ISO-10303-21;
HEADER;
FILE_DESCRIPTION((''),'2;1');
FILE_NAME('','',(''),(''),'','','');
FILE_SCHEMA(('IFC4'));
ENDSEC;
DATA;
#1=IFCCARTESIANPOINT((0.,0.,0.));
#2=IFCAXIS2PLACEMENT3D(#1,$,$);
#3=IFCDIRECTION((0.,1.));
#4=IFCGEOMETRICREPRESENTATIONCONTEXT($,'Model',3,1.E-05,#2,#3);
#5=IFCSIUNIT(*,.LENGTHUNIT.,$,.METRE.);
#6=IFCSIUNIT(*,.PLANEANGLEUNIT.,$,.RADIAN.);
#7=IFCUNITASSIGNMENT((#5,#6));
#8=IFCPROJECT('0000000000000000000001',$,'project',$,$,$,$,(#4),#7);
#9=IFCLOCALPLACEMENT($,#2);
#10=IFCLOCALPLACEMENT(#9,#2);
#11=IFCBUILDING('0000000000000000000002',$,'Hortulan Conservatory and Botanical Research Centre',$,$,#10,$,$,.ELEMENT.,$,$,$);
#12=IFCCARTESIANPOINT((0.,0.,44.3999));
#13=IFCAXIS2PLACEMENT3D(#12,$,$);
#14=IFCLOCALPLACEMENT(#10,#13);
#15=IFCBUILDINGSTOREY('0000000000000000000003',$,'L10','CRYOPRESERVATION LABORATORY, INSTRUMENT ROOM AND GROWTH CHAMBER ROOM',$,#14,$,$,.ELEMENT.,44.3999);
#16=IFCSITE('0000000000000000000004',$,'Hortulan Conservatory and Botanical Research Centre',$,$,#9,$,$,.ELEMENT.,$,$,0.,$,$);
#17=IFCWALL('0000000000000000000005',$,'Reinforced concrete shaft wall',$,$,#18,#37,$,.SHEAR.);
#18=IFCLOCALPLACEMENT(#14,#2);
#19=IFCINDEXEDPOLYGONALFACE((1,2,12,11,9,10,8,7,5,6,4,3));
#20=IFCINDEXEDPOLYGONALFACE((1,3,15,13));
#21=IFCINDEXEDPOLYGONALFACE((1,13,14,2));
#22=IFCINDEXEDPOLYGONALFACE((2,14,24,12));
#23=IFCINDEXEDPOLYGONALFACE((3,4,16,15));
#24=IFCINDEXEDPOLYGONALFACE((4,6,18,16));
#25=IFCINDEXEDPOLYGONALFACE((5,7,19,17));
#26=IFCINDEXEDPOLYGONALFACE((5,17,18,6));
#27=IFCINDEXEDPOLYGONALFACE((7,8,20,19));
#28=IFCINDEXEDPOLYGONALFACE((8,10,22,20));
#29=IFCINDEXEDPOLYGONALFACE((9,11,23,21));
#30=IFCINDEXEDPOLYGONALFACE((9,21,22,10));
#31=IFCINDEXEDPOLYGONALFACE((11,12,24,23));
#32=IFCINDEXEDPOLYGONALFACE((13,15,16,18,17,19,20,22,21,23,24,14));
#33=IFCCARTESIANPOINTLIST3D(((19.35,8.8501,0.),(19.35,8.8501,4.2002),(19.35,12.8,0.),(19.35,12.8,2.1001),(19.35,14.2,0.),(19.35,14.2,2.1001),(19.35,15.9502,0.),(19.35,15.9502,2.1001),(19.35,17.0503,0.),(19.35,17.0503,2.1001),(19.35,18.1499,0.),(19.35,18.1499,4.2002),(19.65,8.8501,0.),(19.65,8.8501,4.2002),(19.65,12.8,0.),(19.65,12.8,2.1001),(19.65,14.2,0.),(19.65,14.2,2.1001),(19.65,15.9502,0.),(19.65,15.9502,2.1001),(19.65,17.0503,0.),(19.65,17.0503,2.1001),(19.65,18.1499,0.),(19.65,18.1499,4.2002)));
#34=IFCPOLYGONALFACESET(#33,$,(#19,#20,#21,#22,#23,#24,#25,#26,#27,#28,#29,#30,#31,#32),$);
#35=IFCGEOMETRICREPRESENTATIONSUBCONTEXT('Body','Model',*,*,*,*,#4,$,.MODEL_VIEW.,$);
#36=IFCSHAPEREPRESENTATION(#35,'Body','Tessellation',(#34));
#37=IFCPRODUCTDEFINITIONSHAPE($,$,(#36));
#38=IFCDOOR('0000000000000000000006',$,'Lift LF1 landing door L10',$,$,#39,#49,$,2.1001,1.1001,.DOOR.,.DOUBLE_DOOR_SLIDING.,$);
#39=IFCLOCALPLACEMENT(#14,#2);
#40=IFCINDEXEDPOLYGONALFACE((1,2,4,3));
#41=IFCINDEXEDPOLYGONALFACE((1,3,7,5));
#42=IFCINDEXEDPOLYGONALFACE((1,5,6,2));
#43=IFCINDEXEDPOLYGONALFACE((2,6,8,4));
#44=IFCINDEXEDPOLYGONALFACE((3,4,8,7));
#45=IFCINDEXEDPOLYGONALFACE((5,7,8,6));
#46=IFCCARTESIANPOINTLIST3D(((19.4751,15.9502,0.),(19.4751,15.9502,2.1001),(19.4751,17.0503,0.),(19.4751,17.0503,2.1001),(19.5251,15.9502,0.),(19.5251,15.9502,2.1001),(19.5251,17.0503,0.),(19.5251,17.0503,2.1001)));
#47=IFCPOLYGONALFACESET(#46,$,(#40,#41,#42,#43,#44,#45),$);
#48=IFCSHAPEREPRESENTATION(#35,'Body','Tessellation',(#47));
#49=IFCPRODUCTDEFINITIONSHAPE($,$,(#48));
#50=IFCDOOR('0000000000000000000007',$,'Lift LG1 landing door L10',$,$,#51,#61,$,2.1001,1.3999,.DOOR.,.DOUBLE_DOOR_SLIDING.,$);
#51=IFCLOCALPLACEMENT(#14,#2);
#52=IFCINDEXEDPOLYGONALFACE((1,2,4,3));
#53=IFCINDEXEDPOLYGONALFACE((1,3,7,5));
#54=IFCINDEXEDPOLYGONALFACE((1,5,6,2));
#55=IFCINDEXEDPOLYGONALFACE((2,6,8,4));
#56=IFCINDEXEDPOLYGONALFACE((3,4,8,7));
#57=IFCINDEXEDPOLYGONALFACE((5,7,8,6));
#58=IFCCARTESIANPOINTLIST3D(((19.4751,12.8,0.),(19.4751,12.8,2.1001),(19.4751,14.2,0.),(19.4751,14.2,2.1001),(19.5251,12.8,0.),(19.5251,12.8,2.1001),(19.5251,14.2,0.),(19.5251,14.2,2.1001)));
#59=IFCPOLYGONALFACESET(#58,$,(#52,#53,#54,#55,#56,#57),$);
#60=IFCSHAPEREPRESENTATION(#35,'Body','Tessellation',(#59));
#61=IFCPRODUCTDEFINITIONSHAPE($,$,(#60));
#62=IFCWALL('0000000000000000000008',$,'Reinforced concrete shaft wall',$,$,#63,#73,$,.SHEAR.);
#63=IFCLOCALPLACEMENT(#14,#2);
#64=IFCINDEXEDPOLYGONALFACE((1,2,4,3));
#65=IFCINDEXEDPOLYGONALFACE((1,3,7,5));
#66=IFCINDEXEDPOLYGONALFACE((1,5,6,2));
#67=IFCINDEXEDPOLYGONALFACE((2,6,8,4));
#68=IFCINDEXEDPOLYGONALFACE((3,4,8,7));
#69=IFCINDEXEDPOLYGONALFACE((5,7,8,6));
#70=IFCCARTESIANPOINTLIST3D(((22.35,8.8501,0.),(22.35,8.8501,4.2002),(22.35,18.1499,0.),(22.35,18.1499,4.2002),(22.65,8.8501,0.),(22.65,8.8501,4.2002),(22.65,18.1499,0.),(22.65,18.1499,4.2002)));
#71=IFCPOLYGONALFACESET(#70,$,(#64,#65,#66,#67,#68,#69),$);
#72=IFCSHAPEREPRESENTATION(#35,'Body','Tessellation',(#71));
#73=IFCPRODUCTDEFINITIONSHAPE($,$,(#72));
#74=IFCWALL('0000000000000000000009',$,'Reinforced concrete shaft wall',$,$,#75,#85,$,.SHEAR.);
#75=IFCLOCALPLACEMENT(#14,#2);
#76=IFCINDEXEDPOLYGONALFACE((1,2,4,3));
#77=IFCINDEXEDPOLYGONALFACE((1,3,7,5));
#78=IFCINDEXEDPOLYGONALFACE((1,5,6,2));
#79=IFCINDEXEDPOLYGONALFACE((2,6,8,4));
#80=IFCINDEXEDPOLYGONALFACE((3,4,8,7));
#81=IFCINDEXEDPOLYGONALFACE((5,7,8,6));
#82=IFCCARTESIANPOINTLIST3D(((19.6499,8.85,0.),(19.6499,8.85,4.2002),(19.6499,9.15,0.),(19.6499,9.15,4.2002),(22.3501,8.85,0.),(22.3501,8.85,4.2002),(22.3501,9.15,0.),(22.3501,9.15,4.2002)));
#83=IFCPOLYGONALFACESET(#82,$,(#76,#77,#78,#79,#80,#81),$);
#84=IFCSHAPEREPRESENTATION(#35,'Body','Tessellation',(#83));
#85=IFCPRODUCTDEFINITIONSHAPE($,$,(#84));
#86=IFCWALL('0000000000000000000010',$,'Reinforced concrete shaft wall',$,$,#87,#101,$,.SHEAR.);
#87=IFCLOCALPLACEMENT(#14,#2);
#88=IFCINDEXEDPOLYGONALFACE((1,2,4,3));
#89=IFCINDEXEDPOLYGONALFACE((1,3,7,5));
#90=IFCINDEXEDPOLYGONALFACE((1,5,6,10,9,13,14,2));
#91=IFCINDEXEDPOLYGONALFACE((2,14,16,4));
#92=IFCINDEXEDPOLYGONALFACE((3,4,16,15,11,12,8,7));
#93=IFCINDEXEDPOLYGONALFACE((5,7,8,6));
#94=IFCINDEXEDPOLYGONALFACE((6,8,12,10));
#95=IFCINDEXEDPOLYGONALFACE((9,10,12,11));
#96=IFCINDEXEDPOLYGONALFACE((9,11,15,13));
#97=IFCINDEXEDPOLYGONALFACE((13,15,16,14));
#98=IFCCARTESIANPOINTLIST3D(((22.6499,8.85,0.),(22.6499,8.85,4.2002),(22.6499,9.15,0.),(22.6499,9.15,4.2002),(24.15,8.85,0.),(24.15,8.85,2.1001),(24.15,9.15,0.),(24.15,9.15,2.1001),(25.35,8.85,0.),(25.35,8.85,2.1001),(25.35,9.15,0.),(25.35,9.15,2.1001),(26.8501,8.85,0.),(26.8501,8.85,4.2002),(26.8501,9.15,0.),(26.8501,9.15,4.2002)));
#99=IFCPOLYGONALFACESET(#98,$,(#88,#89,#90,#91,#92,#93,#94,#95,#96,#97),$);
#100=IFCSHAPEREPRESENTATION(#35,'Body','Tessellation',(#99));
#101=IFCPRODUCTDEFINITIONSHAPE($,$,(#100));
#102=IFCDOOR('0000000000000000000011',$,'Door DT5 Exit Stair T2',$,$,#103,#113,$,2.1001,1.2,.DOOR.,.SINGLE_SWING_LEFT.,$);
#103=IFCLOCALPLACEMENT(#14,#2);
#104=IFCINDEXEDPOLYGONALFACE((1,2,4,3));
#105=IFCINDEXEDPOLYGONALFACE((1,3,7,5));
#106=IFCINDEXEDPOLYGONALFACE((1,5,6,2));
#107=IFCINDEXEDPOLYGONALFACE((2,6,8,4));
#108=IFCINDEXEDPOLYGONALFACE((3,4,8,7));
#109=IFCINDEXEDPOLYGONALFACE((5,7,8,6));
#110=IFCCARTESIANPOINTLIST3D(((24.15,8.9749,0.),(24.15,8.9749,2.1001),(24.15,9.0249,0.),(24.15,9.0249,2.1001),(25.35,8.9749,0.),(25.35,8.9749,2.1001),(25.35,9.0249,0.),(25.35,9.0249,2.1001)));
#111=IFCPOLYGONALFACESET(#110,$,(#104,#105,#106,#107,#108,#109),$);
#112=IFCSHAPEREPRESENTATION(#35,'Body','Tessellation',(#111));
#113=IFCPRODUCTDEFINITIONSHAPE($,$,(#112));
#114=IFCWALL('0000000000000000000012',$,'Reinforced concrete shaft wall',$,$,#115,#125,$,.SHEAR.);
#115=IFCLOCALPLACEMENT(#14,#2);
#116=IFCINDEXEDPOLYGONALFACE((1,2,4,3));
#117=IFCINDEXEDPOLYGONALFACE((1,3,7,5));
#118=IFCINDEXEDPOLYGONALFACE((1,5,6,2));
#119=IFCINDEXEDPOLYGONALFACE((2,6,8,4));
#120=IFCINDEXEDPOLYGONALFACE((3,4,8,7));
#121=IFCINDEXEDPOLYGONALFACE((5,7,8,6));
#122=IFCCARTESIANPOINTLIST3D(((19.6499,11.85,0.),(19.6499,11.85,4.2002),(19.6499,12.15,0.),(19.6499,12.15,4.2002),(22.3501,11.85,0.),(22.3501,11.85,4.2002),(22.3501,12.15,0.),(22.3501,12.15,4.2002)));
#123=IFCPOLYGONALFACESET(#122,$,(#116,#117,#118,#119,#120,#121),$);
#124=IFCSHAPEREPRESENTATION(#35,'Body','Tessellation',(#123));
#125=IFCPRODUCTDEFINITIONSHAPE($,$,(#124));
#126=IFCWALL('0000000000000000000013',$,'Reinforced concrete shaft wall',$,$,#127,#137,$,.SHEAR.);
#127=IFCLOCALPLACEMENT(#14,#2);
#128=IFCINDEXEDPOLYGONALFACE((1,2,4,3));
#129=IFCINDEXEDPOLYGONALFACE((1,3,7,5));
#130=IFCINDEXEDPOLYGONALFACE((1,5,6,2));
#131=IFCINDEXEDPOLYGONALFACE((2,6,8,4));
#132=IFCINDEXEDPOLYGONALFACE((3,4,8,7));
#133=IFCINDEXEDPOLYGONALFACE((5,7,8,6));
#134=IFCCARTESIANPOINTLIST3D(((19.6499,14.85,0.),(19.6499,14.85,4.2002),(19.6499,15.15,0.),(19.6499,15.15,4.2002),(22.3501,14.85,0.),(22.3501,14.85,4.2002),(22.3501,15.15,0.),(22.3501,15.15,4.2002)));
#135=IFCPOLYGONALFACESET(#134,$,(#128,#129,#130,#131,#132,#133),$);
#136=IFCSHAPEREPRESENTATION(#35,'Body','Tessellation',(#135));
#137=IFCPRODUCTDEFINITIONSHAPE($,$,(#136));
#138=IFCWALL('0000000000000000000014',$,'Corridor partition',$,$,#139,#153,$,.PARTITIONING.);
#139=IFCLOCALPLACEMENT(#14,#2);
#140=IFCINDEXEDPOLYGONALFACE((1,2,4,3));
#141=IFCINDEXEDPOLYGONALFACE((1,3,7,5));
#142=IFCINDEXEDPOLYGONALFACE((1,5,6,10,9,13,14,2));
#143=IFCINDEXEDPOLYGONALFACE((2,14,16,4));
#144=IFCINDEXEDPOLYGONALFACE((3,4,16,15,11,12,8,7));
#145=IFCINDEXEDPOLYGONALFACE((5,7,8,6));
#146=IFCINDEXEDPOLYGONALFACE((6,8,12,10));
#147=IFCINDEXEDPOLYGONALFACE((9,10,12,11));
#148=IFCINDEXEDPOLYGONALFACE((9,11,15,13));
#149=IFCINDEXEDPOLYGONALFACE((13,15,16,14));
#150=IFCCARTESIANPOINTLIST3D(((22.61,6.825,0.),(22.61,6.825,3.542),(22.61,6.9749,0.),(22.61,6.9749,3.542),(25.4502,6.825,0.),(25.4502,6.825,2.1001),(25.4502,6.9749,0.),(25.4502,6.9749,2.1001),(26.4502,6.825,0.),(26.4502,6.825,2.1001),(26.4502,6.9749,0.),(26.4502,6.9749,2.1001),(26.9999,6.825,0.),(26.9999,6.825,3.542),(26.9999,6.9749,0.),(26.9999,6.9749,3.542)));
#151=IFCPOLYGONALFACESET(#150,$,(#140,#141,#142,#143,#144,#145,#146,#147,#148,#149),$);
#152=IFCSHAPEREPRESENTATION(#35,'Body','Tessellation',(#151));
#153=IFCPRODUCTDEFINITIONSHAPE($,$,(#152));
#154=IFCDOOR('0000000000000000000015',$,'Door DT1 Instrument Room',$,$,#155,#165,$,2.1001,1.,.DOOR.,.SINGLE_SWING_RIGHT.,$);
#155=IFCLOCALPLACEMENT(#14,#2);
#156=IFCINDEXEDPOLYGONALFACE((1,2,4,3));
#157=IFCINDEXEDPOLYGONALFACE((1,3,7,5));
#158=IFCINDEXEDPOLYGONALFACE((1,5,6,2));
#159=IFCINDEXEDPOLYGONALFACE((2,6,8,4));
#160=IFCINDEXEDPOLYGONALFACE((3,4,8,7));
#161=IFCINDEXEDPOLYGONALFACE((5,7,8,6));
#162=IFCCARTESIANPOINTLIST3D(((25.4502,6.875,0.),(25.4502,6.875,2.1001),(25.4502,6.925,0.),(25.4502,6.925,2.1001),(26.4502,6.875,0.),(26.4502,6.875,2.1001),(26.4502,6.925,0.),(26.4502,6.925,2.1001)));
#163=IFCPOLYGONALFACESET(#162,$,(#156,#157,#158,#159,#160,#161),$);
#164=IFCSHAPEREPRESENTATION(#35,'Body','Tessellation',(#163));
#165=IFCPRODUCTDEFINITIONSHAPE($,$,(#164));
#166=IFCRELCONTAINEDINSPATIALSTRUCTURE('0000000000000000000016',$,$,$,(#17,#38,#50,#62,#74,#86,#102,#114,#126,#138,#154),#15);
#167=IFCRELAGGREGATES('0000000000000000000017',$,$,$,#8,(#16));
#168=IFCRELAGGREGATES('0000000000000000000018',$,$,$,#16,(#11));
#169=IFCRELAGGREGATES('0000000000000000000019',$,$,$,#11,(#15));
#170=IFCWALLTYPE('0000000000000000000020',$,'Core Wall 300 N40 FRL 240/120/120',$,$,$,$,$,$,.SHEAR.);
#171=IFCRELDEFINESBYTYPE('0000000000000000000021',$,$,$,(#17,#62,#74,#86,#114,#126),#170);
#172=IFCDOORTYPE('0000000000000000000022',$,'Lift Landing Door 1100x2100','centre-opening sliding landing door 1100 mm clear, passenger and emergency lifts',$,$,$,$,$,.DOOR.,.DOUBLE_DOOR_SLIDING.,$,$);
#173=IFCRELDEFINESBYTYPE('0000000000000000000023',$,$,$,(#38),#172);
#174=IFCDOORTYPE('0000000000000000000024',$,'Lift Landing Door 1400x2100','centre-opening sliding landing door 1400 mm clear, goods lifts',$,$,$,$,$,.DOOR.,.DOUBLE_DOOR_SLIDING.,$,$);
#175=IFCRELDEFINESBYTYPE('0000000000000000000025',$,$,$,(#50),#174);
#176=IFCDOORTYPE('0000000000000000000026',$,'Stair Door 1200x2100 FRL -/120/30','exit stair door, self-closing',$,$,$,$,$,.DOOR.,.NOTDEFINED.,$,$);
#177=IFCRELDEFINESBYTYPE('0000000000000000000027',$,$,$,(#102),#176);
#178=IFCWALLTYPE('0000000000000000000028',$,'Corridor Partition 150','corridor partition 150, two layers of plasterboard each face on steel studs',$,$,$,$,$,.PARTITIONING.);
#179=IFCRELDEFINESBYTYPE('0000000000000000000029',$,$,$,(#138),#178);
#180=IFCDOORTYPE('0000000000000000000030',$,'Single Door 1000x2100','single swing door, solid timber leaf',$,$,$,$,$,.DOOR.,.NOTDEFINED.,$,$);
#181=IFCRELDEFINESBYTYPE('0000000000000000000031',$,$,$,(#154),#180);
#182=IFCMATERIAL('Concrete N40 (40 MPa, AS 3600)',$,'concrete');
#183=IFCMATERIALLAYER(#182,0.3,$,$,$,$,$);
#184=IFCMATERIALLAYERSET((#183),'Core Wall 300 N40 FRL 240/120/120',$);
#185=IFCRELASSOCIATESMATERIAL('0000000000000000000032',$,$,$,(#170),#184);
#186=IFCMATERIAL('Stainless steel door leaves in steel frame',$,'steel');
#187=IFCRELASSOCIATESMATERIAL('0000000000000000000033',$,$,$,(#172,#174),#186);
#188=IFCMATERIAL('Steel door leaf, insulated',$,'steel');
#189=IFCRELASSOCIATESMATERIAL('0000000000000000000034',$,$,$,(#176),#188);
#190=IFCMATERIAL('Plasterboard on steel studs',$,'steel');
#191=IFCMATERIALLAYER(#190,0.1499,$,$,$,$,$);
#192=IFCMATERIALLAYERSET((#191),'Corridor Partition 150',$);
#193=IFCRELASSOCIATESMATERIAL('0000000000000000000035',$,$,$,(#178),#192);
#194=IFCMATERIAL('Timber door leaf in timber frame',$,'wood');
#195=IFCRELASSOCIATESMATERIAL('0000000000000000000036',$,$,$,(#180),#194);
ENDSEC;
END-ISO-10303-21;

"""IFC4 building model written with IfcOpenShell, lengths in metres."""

from ifc_helpers import new_model, si_unit, direction, frame, frame_2d, origin, place, context, subcontext, project, spatial, rectangle, extrude, material, layer, layer_set, type_object, element, fill, save


model = new_model("IFC4")

# Units and contexts
model_context = context("Model", 3, precision=1e-05, world=origin(), true_north=direction((0.0, 1.0)))
body_context = subcontext(model_context, "Body", "Model", "MODEL_VIEW")
ifc_project = project(units=[si_unit("LENGTHUNIT", "METRE"), si_unit("PLANEANGLEUNIT", "RADIAN")], contexts=[model_context])

# Site, building, storey
site_placement = place(None, origin())
site = spatial("IfcSite", under=ifc_project, at=site_placement, Name="Hortulan Conservatory and Botanical Research Centre", CompositionType="ELEMENT", RefElevation=0.0)
building_placement = place(site_placement, origin())
building = spatial("IfcBuilding", under=site, at=building_placement, Name="Hortulan Conservatory and Botanical Research Centre", CompositionType="ELEMENT")
storey_placement = place(building_placement, frame((0.0, 0.0, 44.3999)))
storey = spatial("IfcBuildingStorey", under=building, at=storey_placement, Name="L10", Description="CRYOPRESERVATION LABORATORY, INSTRUMENT ROOM AND GROWTH CHAMBER ROOM", CompositionType="ELEMENT", Elevation=44.3999)

# Wall, openings, doors
ifc_material_1 = material(Name="Concrete N40 (40 MPa, AS 3600)", Category="concrete")
ifc_layer_1 = layer(ifc_material_1, 0.3)
ifc_layer_set_1 = layer_set([ifc_layer_1], Name="Core Wall 300 N40 FRL 240/120/120")
wall_type_1 = type_object("IfcWallType", Name="Core Wall 300 N40 FRL 240/120/120", PredefinedType="SHEAR", material=ifc_layer_set_1)
wall_1_placement = place(storey_placement, frame((19.5, 8.8501, 0.0), z_axis=(0.0, 0.0, 1.0), x_axis=(0.0, 1.0, 0.0)))
wall_1 = element("IfcWall", 1, at=wall_1_placement, inside=storey, type_object=wall_type_1, Name="Reinforced concrete shaft wall", PredefinedType="SHEAR", context=body_context, shape_type="SweptSolid", body=[
    extrude(rectangle(XDim=9.2998, YDim=0.3, at=frame_2d((4.6499, 0.0))), origin(), (0.0, 0.0, 1.0), 4.2002),
])
opening_1_placement = place(wall_1_placement, frame((3.95, 0.0, 0.0)))
opening_1 = element("IfcOpeningElement", 2, at=opening_1_placement, cuts=wall_1, PredefinedType="OPENING", context=body_context, shape_type="SweptSolid", body=[
    extrude(rectangle(XDim=1.3999, YDim=2.1001, at=frame_2d((0.7, 1.05))), frame((0.0, 0.1599, 0.0), z_axis=(0.0, -1.0, 0.0), x_axis=(1.0, 0.0, 0.0)), (0.0, 0.0, 1.0), 0.3201),
])
opening_2_placement = place(wall_1_placement, frame((7.1001, 0.0, 0.0)))
opening_2 = element("IfcOpeningElement", 3, at=opening_2_placement, cuts=wall_1, PredefinedType="OPENING", context=body_context, shape_type="SweptSolid", body=[
    extrude(rectangle(XDim=1.1001, YDim=2.1001, at=frame_2d((0.55, 1.05))), frame((0.0, 0.1599, 0.0), z_axis=(0.0, -1.0, 0.0), x_axis=(1.0, 0.0, 0.0)), (0.0, 0.0, 1.0), 0.3201),
])
ifc_material_2 = material(Name="Stainless steel door leaves in steel frame", Category="steel")
door_type_1 = type_object("IfcDoorType", Name="Lift Landing Door 1100x2100", Description="centre-opening sliding landing door 1100 mm clear, passenger and emergency lifts", OperationType="DOUBLE_DOOR_SLIDING", PredefinedType="DOOR", material=ifc_material_2)
door_1_placement = place(opening_2_placement, origin())
door_1 = element("IfcDoor", 4, at=door_1_placement, inside=storey, type_object=door_type_1, Name="Lift LF1 landing door L10", OperationType="DOUBLE_DOOR_SLIDING", OverallHeight=2.1001, OverallWidth=1.1001, PredefinedType="DOOR", context=body_context, shape_type="SweptSolid", body=[
    extrude(rectangle(XDim=1.1001, YDim=2.1001, at=frame_2d((0.55, 1.05))), frame((0.0, 0.0249, 0.0), z_axis=(0.0, -1.0, 0.0), x_axis=(1.0, 0.0, 0.0)), (0.0, 0.0, 1.0), 0.05),
])
fill(opening_2, door_1)
door_type_2 = type_object("IfcDoorType", Name="Lift Landing Door 1400x2100", Description="centre-opening sliding landing door 1400 mm clear, goods lifts", OperationType="DOUBLE_DOOR_SLIDING", PredefinedType="DOOR", material=ifc_material_2)
door_2_placement = place(opening_1_placement, origin())
door_2 = element("IfcDoor", 5, at=door_2_placement, inside=storey, type_object=door_type_2, Name="Lift LG1 landing door L10", OperationType="DOUBLE_DOOR_SLIDING", OverallHeight=2.1001, OverallWidth=1.3999, PredefinedType="DOOR", context=body_context, shape_type="SweptSolid", body=[
    extrude(rectangle(XDim=1.3999, YDim=2.1001, at=frame_2d((0.7, 1.05))), frame((0.0, 0.0249, 0.0), z_axis=(0.0, -1.0, 0.0), x_axis=(1.0, 0.0, 0.0)), (0.0, 0.0, 1.0), 0.05),
])
fill(opening_1, door_2)

# Walls
wall_2_placement = place(storey_placement, frame((22.5, 8.8501, 0.0), z_axis=(0.0, 0.0, 1.0), x_axis=(0.0, 1.0, 0.0)))
element("IfcWall", 6, at=wall_2_placement, inside=storey, type_object=wall_type_1, Name="Reinforced concrete shaft wall", PredefinedType="SHEAR", context=body_context, shape_type="SweptSolid", body=[
    extrude(rectangle(XDim=9.2998, YDim=0.3, at=frame_2d((4.6499, 0.0))), origin(), (0.0, 0.0, 1.0), 4.2002),
])
wall_3_placement = place(storey_placement, frame((19.6499, 9.0, 0.0), z_axis=(0.0, 0.0, 1.0), x_axis=(1.0, 0.0, 0.0)))
element("IfcWall", 7, at=wall_3_placement, inside=storey, type_object=wall_type_1, Name="Reinforced concrete shaft wall", PredefinedType="SHEAR", context=body_context, shape_type="SweptSolid", body=[
    extrude(rectangle(XDim=2.7002, YDim=0.3, at=frame_2d((1.3501, 0.0))), origin(), (0.0, 0.0, 1.0), 4.2002),
])

# Wall, opening, door
wall_4_placement = place(storey_placement, frame((22.6499, 9.0, 0.0), z_axis=(0.0, 0.0, 1.0), x_axis=(1.0, 0.0, 0.0)))
wall_4 = element("IfcWall", 8, at=wall_4_placement, inside=storey, type_object=wall_type_1, Name="Reinforced concrete shaft wall", PredefinedType="SHEAR", context=body_context, shape_type="SweptSolid", body=[
    extrude(rectangle(XDim=4.2002, YDim=0.3, at=frame_2d((2.1001, 0.0))), origin(), (0.0, 0.0, 1.0), 4.2002),
])
opening_3_placement = place(wall_4_placement, frame((1.5, 0.0, 0.0)))
opening_3 = element("IfcOpeningElement", 9, at=opening_3_placement, cuts=wall_4, PredefinedType="OPENING", context=body_context, shape_type="SweptSolid", body=[
    extrude(rectangle(XDim=1.2, YDim=2.1001, at=frame_2d((0.6001, 1.05))), frame((0.0, 0.1599, 0.0), z_axis=(0.0, -1.0, 0.0), x_axis=(1.0, 0.0, 0.0)), (0.0, 0.0, 1.0), 0.3201),
])
ifc_material_3 = material(Name="Steel door leaf, insulated", Category="steel")
door_type_3 = type_object("IfcDoorType", Name="Stair Door 1200x2100 FRL -/120/30", Description="exit stair door, self-closing", OperationType="NOTDEFINED", PredefinedType="DOOR", material=ifc_material_3)
door_3_placement = place(opening_3_placement, origin())
door_3 = element("IfcDoor", 10, at=door_3_placement, inside=storey, type_object=door_type_3, Name="Door DT5 Exit Stair T2", OperationType="SINGLE_SWING_LEFT", OverallHeight=2.1001, OverallWidth=1.2, PredefinedType="DOOR", context=body_context, shape_type="SweptSolid", body=[
    extrude(rectangle(XDim=1.2, YDim=2.1001, at=frame_2d((0.6001, 1.05))), frame((0.0, 0.0249, 0.0), z_axis=(0.0, -1.0, 0.0), x_axis=(1.0, 0.0, 0.0)), (0.0, 0.0, 1.0), 0.05),
])
fill(opening_3, door_3)

# Walls
for number, where, z_axis, x_axis, name in (
    (11, (19.6499, 12.0, 0.0), (0.0, 0.0, 1.0), (1.0, 0.0, 0.0), "Reinforced concrete shaft wall"),
    (12, (19.6499, 15.0, 0.0), (0.0, 0.0, 1.0), (1.0, 0.0, 0.0), "Reinforced concrete shaft wall"),
):
    element("IfcWall", number, at=place(storey_placement, frame(where, z_axis=z_axis, x_axis=x_axis)), inside=storey, type_object=wall_type_1, Name=name, PredefinedType="SHEAR", context=body_context, shape_type="SweptSolid", body=[
        extrude(rectangle(XDim=2.7002, YDim=0.3, at=frame_2d((1.3501, 0.0))), origin(), (0.0, 0.0, 1.0), 4.2002),
    ])

# Wall, opening, door
ifc_material_4 = material(Name="Plasterboard on steel studs", Category="steel")
ifc_layer_2 = layer(ifc_material_4, 0.1499)
ifc_layer_set_2 = layer_set([ifc_layer_2], Name="Corridor Partition 150")
wall_type_2 = type_object("IfcWallType", Name="Corridor Partition 150", Description="corridor partition 150, two layers of plasterboard each face on steel studs", PredefinedType="PARTITIONING", material=ifc_layer_set_2)
wall_5_placement = place(storey_placement, frame((22.6101, 6.8999, 0.0), z_axis=(0.0, 0.0, 1.0), x_axis=(1.0, 0.0, 0.0)))
wall_5 = element("IfcWall", 13, at=wall_5_placement, inside=storey, type_object=wall_type_2, Name="Corridor partition", PredefinedType="PARTITIONING", context=body_context, shape_type="SweptSolid", body=[
    extrude(rectangle(XDim=4.3899, YDim=0.1499, at=frame_2d((2.1948, 0.0))), origin(), (0.0, 0.0, 1.0), 3.542),
])
opening_4_placement = place(wall_5_placement, frame((2.8401, 0.0, 0.0)))
opening_4 = element("IfcOpeningElement", 14, at=opening_4_placement, cuts=wall_5, PredefinedType="OPENING", context=body_context, shape_type="SweptSolid", body=[
    extrude(rectangle(XDim=1.0, YDim=2.1001, at=frame_2d((0.5, 1.05))), frame((0.0, 0.085, 0.0), z_axis=(0.0, -1.0, 0.0), x_axis=(1.0, 0.0, 0.0)), (0.0, 0.0, 1.0), 0.1699),
])
ifc_material_5 = material(Name="Timber door leaf in timber frame", Category="wood")
door_type_4 = type_object("IfcDoorType", Name="Single Door 1000x2100", Description="single swing door, solid timber leaf", OperationType="NOTDEFINED", PredefinedType="DOOR", material=ifc_material_5)
door_4_placement = place(opening_4_placement, frame((1.0, 0.0, 0.0), z_axis=(0.0, 0.0, 1.0), x_axis=(-1.0, 0.0, 0.0)))
door_4 = element("IfcDoor", 15, at=door_4_placement, inside=storey, type_object=door_type_4, Name="Door DT1 Instrument Room", OperationType="SINGLE_SWING_RIGHT", OverallHeight=2.1001, OverallWidth=1.0, PredefinedType="DOOR", context=body_context, shape_type="SweptSolid", body=[
    extrude(rectangle(XDim=1.0, YDim=2.1001, at=frame_2d((0.5, 1.05))), frame((0.0, 0.0249, 0.0), z_axis=(0.0, -1.0, 0.0), x_axis=(1.0, 0.0, 0.0)), (0.0, 0.0, 1.0), 0.05),
])
fill(opening_4, door_4)

save(model, "model.ifc")
